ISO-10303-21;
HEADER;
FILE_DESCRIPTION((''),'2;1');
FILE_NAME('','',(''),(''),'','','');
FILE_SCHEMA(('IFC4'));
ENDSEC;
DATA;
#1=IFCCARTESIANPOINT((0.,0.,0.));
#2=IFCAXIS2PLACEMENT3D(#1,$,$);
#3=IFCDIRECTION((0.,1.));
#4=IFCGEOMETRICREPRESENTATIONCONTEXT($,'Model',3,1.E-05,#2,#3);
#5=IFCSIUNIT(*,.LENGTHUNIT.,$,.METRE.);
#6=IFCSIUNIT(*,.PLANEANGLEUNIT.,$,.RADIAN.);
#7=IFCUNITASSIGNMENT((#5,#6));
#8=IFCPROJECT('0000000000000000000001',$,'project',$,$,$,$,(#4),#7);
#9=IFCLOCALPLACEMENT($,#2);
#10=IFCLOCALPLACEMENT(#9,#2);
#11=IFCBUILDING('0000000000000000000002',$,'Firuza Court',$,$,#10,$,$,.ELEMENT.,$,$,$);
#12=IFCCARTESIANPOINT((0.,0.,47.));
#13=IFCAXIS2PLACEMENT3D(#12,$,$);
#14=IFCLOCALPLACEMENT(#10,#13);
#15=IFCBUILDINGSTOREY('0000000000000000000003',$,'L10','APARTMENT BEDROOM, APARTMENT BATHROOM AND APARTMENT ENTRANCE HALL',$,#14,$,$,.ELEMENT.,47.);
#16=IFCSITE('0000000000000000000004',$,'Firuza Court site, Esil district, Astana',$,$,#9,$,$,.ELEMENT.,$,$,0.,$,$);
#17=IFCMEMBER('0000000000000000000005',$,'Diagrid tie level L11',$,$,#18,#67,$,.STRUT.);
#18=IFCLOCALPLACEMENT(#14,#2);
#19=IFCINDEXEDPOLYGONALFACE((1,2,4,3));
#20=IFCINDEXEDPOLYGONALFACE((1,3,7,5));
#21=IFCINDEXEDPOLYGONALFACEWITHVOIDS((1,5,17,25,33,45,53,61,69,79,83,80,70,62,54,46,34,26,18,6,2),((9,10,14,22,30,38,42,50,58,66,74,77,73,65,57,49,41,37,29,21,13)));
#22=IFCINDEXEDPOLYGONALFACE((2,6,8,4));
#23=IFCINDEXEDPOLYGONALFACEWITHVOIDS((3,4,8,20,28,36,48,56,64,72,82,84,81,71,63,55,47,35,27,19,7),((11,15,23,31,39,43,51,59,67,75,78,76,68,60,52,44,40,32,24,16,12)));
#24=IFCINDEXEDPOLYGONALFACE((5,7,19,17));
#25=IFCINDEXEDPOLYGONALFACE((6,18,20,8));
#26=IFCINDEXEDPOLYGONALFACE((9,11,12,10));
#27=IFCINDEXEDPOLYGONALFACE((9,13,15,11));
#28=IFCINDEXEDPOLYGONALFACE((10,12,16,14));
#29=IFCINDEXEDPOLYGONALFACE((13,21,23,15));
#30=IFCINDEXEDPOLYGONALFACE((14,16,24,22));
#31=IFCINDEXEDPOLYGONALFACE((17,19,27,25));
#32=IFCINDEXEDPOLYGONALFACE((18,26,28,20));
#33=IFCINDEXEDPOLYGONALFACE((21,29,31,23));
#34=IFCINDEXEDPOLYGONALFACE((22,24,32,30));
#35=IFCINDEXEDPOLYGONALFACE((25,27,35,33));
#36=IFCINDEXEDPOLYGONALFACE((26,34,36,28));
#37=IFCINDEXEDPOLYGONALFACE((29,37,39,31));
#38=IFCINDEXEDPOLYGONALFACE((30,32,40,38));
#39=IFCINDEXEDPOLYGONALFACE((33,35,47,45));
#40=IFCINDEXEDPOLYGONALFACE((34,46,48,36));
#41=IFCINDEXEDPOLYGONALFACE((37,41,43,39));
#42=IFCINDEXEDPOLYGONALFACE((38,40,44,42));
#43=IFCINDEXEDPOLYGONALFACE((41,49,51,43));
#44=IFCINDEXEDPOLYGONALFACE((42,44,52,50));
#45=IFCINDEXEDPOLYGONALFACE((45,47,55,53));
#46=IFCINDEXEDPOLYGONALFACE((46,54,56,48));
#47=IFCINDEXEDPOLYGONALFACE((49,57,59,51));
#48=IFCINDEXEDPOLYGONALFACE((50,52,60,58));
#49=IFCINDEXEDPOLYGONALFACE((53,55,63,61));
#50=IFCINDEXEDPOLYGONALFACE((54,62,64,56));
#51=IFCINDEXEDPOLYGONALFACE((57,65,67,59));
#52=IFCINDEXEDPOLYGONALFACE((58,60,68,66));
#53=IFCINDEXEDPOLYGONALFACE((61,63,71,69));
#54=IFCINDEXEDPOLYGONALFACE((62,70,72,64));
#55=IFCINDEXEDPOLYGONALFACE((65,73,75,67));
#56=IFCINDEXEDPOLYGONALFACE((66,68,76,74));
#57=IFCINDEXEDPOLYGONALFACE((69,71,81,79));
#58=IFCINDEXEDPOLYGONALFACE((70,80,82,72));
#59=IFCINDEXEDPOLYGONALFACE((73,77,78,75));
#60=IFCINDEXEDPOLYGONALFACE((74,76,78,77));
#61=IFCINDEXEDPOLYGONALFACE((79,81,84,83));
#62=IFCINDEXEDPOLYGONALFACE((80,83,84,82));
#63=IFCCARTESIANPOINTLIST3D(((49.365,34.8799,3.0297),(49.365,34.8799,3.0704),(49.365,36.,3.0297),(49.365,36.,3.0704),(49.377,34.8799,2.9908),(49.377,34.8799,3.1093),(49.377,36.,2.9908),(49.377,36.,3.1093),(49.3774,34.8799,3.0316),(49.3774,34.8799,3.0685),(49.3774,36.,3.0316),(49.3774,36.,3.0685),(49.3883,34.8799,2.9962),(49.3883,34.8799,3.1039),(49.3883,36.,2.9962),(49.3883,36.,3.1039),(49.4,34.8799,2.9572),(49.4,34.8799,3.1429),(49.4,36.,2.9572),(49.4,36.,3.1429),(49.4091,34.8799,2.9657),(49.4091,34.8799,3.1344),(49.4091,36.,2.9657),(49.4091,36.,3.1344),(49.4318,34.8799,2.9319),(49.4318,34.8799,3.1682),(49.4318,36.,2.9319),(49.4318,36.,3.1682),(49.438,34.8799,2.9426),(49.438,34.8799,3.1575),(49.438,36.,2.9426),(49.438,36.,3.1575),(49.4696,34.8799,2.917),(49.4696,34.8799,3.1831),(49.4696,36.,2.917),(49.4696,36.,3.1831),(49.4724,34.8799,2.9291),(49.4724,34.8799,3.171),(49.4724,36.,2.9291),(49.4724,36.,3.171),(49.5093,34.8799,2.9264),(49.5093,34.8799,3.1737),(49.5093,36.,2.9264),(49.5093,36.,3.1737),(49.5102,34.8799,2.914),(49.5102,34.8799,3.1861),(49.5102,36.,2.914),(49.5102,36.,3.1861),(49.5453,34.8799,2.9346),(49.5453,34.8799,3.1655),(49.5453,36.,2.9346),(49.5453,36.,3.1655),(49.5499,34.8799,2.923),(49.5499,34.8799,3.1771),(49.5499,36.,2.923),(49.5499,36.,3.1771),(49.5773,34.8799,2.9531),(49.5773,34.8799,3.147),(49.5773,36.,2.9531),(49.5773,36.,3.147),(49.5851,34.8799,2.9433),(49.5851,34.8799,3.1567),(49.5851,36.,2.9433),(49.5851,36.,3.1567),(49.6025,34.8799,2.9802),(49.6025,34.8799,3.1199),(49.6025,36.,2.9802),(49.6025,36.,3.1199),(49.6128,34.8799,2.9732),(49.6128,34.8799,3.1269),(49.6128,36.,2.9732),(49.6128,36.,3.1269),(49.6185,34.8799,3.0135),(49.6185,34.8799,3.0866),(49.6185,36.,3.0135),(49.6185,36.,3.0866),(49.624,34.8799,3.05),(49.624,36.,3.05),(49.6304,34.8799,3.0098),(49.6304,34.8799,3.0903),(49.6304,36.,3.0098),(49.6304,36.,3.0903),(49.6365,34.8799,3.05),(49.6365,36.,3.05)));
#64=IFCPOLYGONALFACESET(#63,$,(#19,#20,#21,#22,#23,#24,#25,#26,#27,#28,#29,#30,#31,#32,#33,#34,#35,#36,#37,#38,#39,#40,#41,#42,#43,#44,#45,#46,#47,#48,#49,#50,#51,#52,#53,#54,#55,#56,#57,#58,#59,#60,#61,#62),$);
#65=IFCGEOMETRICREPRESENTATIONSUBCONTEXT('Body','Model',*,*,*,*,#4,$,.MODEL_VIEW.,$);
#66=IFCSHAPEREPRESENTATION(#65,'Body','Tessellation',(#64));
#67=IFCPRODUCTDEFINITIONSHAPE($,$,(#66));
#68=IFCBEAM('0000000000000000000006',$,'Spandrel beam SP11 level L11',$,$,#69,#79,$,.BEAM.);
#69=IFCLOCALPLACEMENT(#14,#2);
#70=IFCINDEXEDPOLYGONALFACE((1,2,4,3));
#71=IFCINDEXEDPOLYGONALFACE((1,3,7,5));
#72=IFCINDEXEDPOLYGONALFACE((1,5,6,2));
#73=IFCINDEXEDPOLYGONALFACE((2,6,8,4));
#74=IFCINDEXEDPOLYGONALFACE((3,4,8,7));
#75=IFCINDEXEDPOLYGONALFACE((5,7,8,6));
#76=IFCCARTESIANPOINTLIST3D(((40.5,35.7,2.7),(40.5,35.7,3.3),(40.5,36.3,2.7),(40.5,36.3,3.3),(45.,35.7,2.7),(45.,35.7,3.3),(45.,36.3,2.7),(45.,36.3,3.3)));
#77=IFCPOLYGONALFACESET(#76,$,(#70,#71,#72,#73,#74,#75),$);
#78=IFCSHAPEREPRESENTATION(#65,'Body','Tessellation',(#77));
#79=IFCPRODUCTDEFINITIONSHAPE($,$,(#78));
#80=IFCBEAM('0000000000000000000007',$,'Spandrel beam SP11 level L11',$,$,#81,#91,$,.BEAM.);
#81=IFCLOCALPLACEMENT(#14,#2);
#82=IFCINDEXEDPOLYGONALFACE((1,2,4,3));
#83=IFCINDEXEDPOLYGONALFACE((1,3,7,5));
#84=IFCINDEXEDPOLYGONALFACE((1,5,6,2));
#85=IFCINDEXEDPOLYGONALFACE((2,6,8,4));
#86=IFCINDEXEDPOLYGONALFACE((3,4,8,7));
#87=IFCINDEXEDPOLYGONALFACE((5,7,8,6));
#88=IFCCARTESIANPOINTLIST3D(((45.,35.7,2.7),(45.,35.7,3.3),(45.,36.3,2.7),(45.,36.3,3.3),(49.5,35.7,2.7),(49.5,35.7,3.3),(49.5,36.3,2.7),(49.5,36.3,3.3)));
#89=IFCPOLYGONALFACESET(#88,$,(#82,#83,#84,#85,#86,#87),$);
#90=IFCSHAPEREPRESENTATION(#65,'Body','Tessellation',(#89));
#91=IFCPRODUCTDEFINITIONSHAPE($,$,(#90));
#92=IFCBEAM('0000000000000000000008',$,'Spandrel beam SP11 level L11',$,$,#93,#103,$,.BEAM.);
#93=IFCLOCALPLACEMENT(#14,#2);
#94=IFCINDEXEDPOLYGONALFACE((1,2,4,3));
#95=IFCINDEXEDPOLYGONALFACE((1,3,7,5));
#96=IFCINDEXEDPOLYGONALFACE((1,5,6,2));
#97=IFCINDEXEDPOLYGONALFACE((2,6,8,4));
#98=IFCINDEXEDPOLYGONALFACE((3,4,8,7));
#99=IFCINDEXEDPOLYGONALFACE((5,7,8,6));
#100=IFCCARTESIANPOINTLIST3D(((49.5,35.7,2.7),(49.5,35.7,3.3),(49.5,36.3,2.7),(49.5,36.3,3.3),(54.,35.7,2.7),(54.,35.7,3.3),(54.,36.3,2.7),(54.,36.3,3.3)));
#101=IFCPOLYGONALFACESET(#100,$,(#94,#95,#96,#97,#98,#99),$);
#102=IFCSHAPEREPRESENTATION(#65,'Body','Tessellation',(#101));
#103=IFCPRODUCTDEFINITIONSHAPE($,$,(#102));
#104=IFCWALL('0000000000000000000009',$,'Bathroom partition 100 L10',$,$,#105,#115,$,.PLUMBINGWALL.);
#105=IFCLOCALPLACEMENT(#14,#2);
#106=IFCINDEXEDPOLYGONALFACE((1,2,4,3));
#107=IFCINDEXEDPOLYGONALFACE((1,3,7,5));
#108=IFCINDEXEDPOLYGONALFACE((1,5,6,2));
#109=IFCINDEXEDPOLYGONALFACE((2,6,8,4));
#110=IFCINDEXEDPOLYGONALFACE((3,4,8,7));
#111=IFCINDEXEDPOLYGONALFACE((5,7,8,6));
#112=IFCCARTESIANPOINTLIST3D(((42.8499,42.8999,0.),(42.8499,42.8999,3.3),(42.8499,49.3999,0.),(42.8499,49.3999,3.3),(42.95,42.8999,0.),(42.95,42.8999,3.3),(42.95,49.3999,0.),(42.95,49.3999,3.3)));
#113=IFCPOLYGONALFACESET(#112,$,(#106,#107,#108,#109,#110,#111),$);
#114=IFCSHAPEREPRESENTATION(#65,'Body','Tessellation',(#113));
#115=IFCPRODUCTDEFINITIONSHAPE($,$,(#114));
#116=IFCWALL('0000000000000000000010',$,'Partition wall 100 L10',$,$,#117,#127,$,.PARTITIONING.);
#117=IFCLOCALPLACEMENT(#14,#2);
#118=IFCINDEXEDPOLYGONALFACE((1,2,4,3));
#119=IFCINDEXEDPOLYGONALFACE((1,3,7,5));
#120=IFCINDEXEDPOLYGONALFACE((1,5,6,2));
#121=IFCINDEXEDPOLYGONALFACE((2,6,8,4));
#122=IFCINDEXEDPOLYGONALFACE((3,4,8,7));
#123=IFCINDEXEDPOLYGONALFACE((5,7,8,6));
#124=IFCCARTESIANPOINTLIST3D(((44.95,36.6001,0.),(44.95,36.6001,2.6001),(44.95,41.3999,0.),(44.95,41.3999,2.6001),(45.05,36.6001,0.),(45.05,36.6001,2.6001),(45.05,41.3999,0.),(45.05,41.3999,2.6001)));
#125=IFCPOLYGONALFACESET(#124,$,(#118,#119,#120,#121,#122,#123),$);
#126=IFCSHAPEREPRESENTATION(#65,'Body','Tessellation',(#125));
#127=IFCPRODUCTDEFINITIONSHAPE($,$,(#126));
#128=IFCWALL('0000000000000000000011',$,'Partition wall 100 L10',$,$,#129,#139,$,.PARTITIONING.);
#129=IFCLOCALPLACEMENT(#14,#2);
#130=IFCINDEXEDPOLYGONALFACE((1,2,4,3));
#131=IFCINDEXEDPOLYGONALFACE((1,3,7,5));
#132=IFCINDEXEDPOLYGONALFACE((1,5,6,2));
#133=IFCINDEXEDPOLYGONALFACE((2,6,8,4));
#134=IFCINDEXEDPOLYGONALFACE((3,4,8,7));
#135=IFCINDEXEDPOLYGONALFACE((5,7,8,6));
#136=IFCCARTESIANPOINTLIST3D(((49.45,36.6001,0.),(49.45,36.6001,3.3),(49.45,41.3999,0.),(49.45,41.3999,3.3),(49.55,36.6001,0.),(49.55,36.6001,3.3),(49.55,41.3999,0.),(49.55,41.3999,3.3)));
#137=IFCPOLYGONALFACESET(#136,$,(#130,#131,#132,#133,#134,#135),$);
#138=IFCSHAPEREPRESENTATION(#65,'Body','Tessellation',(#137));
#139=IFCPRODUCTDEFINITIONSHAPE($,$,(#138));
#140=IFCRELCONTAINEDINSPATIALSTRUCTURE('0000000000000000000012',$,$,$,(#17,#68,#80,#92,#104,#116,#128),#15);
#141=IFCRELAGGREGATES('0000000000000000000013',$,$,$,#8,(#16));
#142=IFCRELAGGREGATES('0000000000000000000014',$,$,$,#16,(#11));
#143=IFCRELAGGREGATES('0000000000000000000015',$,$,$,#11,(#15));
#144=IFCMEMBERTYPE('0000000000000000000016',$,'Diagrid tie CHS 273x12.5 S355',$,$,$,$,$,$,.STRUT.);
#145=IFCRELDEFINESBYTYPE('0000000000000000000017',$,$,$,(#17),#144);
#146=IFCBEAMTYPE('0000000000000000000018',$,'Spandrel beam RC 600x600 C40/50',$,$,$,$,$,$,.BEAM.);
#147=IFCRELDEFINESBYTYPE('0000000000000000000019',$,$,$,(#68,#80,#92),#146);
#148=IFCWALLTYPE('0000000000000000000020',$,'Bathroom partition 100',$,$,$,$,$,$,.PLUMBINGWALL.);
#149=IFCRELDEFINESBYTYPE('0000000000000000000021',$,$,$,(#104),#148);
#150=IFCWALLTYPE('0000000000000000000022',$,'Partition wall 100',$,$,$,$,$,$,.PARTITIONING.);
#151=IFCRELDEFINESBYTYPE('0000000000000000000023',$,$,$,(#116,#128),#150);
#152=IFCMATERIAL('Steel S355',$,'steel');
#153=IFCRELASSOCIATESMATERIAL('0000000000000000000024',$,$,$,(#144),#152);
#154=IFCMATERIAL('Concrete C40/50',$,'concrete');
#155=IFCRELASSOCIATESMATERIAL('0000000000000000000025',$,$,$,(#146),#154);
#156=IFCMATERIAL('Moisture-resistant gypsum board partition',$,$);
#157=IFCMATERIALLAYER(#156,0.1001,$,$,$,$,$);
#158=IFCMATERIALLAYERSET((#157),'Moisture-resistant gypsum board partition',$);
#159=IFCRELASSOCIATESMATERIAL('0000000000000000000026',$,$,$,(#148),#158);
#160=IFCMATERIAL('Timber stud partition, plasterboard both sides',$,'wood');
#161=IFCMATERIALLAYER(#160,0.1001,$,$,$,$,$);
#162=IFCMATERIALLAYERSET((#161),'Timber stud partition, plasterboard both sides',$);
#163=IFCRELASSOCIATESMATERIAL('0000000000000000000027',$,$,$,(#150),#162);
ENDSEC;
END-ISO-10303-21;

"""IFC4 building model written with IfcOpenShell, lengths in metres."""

from ifc_helpers import new_model, si_unit, direction, frame, frame_2d, origin, origin_2d, place, context, subcontext, project, spatial, rectangle, hollow_circle, extrude, material, layer, layer_set, material_profile, profile_set, type_object, element, save


model = new_model("IFC4")

# Units and contexts
model_context = context("Model", 3, precision=1e-05, world=origin(), true_north=direction((0.0, 1.0)))
body_context = subcontext(model_context, "Body", "Model", "MODEL_VIEW")
ifc_project = project(units=[si_unit("LENGTHUNIT", "METRE"), si_unit("PLANEANGLEUNIT", "RADIAN")], contexts=[model_context])

# Site, building, storey
site_placement = place(None, origin())
site = spatial("IfcSite", under=ifc_project, at=site_placement, Name="Firuza Court site, Esil district, Astana", CompositionType="ELEMENT", RefElevation=0.0)
building_placement = place(site_placement, origin())
building = spatial("IfcBuilding", under=site, at=building_placement, Name="Firuza Court", CompositionType="ELEMENT")
storey_placement = place(building_placement, frame((0.0, 0.0, 47.0)))
storey = spatial("IfcBuildingStorey", under=building, at=storey_placement, Name="L10", Description="APARTMENT BEDROOM, APARTMENT BATHROOM AND APARTMENT ENTRANCE HALL", CompositionType="ELEMENT", Elevation=47.0)

# Member
ifc_material_1 = material(Name="Steel S355", Category="steel")
ifc_material_profile_1 = material_profile(ifc_material_1, hollow_circle(Radius=0.1365, WallThickness=0.0125, at=origin_2d()), Name="CHS 273x12.5")
ifc_profile_set_1 = profile_set([ifc_material_profile_1], Name="Steel S355")
member_type_1 = type_object("IfcMemberType", Name="Diagrid tie CHS 273x12.5 S355", PredefinedType="STRUT", material=ifc_profile_set_1)
member_1_placement = place(storey_placement, frame((49.5, 36.0, 3.05), z_axis=(0.0, -1.0, 0.0), x_axis=(1.0, 0.0, 0.0)))
element("IfcMember", 1, at=member_1_placement, inside=storey, type_object=member_type_1, Name="Diagrid tie level L11", PredefinedType="STRUT", context=body_context, shape_type="SweptSolid", body=[
    extrude(hollow_circle(Radius=0.1365, WallThickness=0.0125, at=origin_2d()), origin(), (0.0, 0.0, 1.0), 1.1201),
])

# Beams
ifc_material_2 = material(Name="Concrete C40/50", Category="concrete")
ifc_material_profile_2 = material_profile(ifc_material_2, rectangle(XDim=0.6001, YDim=0.6001, at=origin_2d()), Name="RC 600x600")
ifc_profile_set_2 = profile_set([ifc_material_profile_2], Name="Concrete C40/50")
beam_type_1 = type_object("IfcBeamType", Name="Spandrel beam RC 600x600 C40/50", PredefinedType="BEAM", material=ifc_profile_set_2)
for number, where, z_axis, x_axis, name in (
    (2, (40.5, 36.0, 3.0), (1.0, 0.0, 0.0), (0.0, 1.0, 0.0), "Spandrel beam SP11 level L11"),
    (3, (45.0, 36.0, 3.0), (1.0, 0.0, 0.0), (0.0, 1.0, 0.0), "Spandrel beam SP11 level L11"),
    (4, (49.5, 36.0, 3.0), (1.0, 0.0, 0.0), (0.0, 1.0, 0.0), "Spandrel beam SP11 level L11"),
):
    element("IfcBeam", number, at=place(storey_placement, frame(where, z_axis=z_axis, x_axis=x_axis)), inside=storey, type_object=beam_type_1, Name=name, PredefinedType="BEAM", context=body_context, shape_type="SweptSolid", body=[
        extrude(rectangle(XDim=0.6001, YDim=0.6001, at=origin_2d()), origin(), (0.0, 0.0, 1.0), 4.5),
    ])

# Walls
ifc_material_3 = material(Name="Moisture-resistant gypsum board partition")
ifc_layer_1 = layer(ifc_material_3, 0.1001)
ifc_layer_set_1 = layer_set([ifc_layer_1], Name="Moisture-resistant gypsum board partition")
wall_type_1 = type_object("IfcWallType", Name="Bathroom partition 100", PredefinedType="PLUMBINGWALL", material=ifc_layer_set_1)
wall_1_placement = place(storey_placement, frame((42.8999, 42.8999, 0.0), z_axis=(0.0, 0.0, 1.0), x_axis=(0.0, 1.0, 0.0)))
element("IfcWall", 5, at=wall_1_placement, inside=storey, type_object=wall_type_1, Name="Bathroom partition 100 L10", PredefinedType="PLUMBINGWALL", context=body_context, shape_type="SweptSolid", body=[
    extrude(rectangle(XDim=6.5, YDim=0.1001, at=frame_2d((3.25, 0.0))), origin(), (0.0, 0.0, 1.0), 3.3),
])
ifc_material_4 = material(Name="Timber stud partition, plasterboard both sides", Category="wood")
ifc_layer_2 = layer(ifc_material_4, 0.1001)
ifc_layer_set_2 = layer_set([ifc_layer_2], Name="Timber stud partition, plasterboard both sides")
wall_type_2 = type_object("IfcWallType", Name="Partition wall 100", PredefinedType="PARTITIONING", material=ifc_layer_set_2)
wall_2_placement = place(storey_placement, frame((45.0, 36.6001, 0.0), z_axis=(0.0, 0.0, 1.0), x_axis=(0.0, 1.0, 0.0)))
element("IfcWall", 6, at=wall_2_placement, inside=storey, type_object=wall_type_2, Name="Partition wall 100 L10", PredefinedType="PARTITIONING", context=body_context, shape_type="SweptSolid", body=[
    extrude(rectangle(XDim=4.7998, YDim=0.1001, at=frame_2d((2.3999, 0.0))), origin(), (0.0, 0.0, 1.0), 2.6001),
])
wall_3_placement = place(storey_placement, frame((49.5, 36.6001, 0.0), z_axis=(0.0, 0.0, 1.0), x_axis=(0.0, 1.0, 0.0)))
element("IfcWall", 7, at=wall_3_placement, inside=storey, type_object=wall_type_2, Name="Partition wall 100 L10", PredefinedType="PARTITIONING", context=body_context, shape_type="SweptSolid", body=[
    extrude(rectangle(XDim=4.7998, YDim=0.1001, at=frame_2d((2.3999, 0.0))), origin(), (0.0, 0.0, 1.0), 3.3),
])

save(model, "model.ifc")
